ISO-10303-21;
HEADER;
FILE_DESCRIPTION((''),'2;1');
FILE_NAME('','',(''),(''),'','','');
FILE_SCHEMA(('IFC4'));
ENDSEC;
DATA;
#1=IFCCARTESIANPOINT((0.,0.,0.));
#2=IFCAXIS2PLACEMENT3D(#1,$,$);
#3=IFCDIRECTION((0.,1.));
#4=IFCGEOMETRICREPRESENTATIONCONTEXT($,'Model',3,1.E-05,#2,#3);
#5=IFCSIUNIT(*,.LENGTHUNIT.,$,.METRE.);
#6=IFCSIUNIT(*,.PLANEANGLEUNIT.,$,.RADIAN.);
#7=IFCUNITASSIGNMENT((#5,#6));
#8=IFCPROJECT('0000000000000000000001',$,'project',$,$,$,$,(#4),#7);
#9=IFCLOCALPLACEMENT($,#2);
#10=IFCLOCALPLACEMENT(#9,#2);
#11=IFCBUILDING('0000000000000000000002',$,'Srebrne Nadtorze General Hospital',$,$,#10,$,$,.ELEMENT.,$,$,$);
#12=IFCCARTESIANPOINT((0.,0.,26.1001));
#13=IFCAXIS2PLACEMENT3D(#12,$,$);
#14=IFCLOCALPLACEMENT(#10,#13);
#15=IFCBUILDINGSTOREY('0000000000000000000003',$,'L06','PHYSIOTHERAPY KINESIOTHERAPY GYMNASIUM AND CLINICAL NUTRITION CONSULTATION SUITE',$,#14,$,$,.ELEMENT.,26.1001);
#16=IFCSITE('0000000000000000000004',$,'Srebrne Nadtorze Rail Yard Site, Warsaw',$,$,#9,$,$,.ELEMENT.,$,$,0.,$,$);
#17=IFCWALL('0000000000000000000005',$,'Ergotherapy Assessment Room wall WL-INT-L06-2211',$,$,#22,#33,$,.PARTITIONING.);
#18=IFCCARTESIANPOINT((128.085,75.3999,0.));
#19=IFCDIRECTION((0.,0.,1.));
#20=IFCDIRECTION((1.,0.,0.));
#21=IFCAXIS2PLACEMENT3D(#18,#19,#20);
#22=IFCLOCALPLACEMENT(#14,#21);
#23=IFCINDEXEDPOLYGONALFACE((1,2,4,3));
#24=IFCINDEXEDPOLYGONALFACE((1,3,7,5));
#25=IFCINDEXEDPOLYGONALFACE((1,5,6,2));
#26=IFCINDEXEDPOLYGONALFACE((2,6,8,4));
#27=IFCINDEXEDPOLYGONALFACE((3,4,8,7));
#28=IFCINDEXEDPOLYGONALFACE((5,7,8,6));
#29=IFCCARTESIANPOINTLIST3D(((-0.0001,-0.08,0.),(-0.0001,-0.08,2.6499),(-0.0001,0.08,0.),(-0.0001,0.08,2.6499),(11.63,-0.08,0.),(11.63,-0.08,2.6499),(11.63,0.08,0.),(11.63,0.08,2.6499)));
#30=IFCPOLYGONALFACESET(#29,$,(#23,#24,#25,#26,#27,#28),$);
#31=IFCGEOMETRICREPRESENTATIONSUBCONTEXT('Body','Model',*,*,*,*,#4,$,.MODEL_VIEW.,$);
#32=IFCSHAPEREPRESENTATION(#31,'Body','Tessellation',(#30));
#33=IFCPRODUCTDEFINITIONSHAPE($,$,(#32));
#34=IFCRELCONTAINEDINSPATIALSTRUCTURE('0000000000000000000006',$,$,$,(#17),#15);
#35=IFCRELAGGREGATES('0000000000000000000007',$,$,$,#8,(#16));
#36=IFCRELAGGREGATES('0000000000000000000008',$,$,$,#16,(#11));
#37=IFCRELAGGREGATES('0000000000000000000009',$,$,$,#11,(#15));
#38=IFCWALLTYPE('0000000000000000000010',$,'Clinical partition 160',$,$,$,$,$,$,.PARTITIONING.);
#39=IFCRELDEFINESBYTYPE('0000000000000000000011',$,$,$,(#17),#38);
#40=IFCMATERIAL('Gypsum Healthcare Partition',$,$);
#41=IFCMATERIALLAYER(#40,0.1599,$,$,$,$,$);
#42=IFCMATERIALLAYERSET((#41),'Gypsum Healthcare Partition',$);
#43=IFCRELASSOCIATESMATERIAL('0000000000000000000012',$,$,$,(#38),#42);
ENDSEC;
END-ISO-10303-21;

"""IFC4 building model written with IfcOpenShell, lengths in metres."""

from ifc_helpers import new_model, si_unit, direction, frame, frame_2d, origin, place, context, subcontext, project, spatial, rectangle, extrude, material, layer, layer_set, type_object, element, save


model = new_model("IFC4")

# Units and contexts
model_context = context("Model", 3, precision=1e-05, world=origin(), true_north=direction((0.0, 1.0)))
body_context = subcontext(model_context, "Body", "Model", "MODEL_VIEW")
ifc_project = project(units=[si_unit("LENGTHUNIT", "METRE"), si_unit("PLANEANGLEUNIT", "RADIAN")], contexts=[model_context])

# Site, building, storey
site_placement = place(None, origin())
site = spatial("IfcSite", under=ifc_project, at=site_placement, Name="Srebrne Nadtorze Rail Yard Site, Warsaw", CompositionType="ELEMENT", RefElevation=0.0)
building_placement = place(site_placement, origin())
building = spatial("IfcBuilding", under=site, at=building_placement, Name="Srebrne Nadtorze General Hospital", CompositionType="ELEMENT")
storey_placement = place(building_placement, frame((0.0, 0.0, 26.1001)))
storey = spatial("IfcBuildingStorey", under=building, at=storey_placement, Name="L06", Description="PHYSIOTHERAPY KINESIOTHERAPY GYMNASIUM AND CLINICAL NUTRITION CONSULTATION SUITE", CompositionType="ELEMENT", Elevation=26.1001)

# Shared definitions
ifc_material_1 = material(Name="Gypsum Healthcare Partition")
ifc_layer_1 = layer(ifc_material_1, 0.1599)
ifc_layer_set_1 = layer_set([ifc_layer_1], Name="Gypsum Healthcare Partition")
wall_type_1 = type_object("IfcWallType", Name="Clinical partition 160", PredefinedType="PARTITIONING", material=ifc_layer_set_1)

# Wall
wall_1_placement = place(storey_placement, frame((128.085, 75.3999, 0.0), z_axis=(0.0, 0.0, 1.0), x_axis=(1.0, 0.0, 0.0)))
element("IfcWall", 1, at=wall_1_placement, inside=storey, type_object=wall_type_1, Name="Ergotherapy Assessment Room wall WL-INT-L06-2211", PredefinedType="PARTITIONING", context=body_context, shape_type="SweptSolid", body=[
    extrude(rectangle(XDim=11.6301, YDim=0.1599, at=frame_2d((5.8149, 0.0))), origin(), (0.0, 0.0, 1.0), 2.6499),
])

save(model, "model.ifc")
